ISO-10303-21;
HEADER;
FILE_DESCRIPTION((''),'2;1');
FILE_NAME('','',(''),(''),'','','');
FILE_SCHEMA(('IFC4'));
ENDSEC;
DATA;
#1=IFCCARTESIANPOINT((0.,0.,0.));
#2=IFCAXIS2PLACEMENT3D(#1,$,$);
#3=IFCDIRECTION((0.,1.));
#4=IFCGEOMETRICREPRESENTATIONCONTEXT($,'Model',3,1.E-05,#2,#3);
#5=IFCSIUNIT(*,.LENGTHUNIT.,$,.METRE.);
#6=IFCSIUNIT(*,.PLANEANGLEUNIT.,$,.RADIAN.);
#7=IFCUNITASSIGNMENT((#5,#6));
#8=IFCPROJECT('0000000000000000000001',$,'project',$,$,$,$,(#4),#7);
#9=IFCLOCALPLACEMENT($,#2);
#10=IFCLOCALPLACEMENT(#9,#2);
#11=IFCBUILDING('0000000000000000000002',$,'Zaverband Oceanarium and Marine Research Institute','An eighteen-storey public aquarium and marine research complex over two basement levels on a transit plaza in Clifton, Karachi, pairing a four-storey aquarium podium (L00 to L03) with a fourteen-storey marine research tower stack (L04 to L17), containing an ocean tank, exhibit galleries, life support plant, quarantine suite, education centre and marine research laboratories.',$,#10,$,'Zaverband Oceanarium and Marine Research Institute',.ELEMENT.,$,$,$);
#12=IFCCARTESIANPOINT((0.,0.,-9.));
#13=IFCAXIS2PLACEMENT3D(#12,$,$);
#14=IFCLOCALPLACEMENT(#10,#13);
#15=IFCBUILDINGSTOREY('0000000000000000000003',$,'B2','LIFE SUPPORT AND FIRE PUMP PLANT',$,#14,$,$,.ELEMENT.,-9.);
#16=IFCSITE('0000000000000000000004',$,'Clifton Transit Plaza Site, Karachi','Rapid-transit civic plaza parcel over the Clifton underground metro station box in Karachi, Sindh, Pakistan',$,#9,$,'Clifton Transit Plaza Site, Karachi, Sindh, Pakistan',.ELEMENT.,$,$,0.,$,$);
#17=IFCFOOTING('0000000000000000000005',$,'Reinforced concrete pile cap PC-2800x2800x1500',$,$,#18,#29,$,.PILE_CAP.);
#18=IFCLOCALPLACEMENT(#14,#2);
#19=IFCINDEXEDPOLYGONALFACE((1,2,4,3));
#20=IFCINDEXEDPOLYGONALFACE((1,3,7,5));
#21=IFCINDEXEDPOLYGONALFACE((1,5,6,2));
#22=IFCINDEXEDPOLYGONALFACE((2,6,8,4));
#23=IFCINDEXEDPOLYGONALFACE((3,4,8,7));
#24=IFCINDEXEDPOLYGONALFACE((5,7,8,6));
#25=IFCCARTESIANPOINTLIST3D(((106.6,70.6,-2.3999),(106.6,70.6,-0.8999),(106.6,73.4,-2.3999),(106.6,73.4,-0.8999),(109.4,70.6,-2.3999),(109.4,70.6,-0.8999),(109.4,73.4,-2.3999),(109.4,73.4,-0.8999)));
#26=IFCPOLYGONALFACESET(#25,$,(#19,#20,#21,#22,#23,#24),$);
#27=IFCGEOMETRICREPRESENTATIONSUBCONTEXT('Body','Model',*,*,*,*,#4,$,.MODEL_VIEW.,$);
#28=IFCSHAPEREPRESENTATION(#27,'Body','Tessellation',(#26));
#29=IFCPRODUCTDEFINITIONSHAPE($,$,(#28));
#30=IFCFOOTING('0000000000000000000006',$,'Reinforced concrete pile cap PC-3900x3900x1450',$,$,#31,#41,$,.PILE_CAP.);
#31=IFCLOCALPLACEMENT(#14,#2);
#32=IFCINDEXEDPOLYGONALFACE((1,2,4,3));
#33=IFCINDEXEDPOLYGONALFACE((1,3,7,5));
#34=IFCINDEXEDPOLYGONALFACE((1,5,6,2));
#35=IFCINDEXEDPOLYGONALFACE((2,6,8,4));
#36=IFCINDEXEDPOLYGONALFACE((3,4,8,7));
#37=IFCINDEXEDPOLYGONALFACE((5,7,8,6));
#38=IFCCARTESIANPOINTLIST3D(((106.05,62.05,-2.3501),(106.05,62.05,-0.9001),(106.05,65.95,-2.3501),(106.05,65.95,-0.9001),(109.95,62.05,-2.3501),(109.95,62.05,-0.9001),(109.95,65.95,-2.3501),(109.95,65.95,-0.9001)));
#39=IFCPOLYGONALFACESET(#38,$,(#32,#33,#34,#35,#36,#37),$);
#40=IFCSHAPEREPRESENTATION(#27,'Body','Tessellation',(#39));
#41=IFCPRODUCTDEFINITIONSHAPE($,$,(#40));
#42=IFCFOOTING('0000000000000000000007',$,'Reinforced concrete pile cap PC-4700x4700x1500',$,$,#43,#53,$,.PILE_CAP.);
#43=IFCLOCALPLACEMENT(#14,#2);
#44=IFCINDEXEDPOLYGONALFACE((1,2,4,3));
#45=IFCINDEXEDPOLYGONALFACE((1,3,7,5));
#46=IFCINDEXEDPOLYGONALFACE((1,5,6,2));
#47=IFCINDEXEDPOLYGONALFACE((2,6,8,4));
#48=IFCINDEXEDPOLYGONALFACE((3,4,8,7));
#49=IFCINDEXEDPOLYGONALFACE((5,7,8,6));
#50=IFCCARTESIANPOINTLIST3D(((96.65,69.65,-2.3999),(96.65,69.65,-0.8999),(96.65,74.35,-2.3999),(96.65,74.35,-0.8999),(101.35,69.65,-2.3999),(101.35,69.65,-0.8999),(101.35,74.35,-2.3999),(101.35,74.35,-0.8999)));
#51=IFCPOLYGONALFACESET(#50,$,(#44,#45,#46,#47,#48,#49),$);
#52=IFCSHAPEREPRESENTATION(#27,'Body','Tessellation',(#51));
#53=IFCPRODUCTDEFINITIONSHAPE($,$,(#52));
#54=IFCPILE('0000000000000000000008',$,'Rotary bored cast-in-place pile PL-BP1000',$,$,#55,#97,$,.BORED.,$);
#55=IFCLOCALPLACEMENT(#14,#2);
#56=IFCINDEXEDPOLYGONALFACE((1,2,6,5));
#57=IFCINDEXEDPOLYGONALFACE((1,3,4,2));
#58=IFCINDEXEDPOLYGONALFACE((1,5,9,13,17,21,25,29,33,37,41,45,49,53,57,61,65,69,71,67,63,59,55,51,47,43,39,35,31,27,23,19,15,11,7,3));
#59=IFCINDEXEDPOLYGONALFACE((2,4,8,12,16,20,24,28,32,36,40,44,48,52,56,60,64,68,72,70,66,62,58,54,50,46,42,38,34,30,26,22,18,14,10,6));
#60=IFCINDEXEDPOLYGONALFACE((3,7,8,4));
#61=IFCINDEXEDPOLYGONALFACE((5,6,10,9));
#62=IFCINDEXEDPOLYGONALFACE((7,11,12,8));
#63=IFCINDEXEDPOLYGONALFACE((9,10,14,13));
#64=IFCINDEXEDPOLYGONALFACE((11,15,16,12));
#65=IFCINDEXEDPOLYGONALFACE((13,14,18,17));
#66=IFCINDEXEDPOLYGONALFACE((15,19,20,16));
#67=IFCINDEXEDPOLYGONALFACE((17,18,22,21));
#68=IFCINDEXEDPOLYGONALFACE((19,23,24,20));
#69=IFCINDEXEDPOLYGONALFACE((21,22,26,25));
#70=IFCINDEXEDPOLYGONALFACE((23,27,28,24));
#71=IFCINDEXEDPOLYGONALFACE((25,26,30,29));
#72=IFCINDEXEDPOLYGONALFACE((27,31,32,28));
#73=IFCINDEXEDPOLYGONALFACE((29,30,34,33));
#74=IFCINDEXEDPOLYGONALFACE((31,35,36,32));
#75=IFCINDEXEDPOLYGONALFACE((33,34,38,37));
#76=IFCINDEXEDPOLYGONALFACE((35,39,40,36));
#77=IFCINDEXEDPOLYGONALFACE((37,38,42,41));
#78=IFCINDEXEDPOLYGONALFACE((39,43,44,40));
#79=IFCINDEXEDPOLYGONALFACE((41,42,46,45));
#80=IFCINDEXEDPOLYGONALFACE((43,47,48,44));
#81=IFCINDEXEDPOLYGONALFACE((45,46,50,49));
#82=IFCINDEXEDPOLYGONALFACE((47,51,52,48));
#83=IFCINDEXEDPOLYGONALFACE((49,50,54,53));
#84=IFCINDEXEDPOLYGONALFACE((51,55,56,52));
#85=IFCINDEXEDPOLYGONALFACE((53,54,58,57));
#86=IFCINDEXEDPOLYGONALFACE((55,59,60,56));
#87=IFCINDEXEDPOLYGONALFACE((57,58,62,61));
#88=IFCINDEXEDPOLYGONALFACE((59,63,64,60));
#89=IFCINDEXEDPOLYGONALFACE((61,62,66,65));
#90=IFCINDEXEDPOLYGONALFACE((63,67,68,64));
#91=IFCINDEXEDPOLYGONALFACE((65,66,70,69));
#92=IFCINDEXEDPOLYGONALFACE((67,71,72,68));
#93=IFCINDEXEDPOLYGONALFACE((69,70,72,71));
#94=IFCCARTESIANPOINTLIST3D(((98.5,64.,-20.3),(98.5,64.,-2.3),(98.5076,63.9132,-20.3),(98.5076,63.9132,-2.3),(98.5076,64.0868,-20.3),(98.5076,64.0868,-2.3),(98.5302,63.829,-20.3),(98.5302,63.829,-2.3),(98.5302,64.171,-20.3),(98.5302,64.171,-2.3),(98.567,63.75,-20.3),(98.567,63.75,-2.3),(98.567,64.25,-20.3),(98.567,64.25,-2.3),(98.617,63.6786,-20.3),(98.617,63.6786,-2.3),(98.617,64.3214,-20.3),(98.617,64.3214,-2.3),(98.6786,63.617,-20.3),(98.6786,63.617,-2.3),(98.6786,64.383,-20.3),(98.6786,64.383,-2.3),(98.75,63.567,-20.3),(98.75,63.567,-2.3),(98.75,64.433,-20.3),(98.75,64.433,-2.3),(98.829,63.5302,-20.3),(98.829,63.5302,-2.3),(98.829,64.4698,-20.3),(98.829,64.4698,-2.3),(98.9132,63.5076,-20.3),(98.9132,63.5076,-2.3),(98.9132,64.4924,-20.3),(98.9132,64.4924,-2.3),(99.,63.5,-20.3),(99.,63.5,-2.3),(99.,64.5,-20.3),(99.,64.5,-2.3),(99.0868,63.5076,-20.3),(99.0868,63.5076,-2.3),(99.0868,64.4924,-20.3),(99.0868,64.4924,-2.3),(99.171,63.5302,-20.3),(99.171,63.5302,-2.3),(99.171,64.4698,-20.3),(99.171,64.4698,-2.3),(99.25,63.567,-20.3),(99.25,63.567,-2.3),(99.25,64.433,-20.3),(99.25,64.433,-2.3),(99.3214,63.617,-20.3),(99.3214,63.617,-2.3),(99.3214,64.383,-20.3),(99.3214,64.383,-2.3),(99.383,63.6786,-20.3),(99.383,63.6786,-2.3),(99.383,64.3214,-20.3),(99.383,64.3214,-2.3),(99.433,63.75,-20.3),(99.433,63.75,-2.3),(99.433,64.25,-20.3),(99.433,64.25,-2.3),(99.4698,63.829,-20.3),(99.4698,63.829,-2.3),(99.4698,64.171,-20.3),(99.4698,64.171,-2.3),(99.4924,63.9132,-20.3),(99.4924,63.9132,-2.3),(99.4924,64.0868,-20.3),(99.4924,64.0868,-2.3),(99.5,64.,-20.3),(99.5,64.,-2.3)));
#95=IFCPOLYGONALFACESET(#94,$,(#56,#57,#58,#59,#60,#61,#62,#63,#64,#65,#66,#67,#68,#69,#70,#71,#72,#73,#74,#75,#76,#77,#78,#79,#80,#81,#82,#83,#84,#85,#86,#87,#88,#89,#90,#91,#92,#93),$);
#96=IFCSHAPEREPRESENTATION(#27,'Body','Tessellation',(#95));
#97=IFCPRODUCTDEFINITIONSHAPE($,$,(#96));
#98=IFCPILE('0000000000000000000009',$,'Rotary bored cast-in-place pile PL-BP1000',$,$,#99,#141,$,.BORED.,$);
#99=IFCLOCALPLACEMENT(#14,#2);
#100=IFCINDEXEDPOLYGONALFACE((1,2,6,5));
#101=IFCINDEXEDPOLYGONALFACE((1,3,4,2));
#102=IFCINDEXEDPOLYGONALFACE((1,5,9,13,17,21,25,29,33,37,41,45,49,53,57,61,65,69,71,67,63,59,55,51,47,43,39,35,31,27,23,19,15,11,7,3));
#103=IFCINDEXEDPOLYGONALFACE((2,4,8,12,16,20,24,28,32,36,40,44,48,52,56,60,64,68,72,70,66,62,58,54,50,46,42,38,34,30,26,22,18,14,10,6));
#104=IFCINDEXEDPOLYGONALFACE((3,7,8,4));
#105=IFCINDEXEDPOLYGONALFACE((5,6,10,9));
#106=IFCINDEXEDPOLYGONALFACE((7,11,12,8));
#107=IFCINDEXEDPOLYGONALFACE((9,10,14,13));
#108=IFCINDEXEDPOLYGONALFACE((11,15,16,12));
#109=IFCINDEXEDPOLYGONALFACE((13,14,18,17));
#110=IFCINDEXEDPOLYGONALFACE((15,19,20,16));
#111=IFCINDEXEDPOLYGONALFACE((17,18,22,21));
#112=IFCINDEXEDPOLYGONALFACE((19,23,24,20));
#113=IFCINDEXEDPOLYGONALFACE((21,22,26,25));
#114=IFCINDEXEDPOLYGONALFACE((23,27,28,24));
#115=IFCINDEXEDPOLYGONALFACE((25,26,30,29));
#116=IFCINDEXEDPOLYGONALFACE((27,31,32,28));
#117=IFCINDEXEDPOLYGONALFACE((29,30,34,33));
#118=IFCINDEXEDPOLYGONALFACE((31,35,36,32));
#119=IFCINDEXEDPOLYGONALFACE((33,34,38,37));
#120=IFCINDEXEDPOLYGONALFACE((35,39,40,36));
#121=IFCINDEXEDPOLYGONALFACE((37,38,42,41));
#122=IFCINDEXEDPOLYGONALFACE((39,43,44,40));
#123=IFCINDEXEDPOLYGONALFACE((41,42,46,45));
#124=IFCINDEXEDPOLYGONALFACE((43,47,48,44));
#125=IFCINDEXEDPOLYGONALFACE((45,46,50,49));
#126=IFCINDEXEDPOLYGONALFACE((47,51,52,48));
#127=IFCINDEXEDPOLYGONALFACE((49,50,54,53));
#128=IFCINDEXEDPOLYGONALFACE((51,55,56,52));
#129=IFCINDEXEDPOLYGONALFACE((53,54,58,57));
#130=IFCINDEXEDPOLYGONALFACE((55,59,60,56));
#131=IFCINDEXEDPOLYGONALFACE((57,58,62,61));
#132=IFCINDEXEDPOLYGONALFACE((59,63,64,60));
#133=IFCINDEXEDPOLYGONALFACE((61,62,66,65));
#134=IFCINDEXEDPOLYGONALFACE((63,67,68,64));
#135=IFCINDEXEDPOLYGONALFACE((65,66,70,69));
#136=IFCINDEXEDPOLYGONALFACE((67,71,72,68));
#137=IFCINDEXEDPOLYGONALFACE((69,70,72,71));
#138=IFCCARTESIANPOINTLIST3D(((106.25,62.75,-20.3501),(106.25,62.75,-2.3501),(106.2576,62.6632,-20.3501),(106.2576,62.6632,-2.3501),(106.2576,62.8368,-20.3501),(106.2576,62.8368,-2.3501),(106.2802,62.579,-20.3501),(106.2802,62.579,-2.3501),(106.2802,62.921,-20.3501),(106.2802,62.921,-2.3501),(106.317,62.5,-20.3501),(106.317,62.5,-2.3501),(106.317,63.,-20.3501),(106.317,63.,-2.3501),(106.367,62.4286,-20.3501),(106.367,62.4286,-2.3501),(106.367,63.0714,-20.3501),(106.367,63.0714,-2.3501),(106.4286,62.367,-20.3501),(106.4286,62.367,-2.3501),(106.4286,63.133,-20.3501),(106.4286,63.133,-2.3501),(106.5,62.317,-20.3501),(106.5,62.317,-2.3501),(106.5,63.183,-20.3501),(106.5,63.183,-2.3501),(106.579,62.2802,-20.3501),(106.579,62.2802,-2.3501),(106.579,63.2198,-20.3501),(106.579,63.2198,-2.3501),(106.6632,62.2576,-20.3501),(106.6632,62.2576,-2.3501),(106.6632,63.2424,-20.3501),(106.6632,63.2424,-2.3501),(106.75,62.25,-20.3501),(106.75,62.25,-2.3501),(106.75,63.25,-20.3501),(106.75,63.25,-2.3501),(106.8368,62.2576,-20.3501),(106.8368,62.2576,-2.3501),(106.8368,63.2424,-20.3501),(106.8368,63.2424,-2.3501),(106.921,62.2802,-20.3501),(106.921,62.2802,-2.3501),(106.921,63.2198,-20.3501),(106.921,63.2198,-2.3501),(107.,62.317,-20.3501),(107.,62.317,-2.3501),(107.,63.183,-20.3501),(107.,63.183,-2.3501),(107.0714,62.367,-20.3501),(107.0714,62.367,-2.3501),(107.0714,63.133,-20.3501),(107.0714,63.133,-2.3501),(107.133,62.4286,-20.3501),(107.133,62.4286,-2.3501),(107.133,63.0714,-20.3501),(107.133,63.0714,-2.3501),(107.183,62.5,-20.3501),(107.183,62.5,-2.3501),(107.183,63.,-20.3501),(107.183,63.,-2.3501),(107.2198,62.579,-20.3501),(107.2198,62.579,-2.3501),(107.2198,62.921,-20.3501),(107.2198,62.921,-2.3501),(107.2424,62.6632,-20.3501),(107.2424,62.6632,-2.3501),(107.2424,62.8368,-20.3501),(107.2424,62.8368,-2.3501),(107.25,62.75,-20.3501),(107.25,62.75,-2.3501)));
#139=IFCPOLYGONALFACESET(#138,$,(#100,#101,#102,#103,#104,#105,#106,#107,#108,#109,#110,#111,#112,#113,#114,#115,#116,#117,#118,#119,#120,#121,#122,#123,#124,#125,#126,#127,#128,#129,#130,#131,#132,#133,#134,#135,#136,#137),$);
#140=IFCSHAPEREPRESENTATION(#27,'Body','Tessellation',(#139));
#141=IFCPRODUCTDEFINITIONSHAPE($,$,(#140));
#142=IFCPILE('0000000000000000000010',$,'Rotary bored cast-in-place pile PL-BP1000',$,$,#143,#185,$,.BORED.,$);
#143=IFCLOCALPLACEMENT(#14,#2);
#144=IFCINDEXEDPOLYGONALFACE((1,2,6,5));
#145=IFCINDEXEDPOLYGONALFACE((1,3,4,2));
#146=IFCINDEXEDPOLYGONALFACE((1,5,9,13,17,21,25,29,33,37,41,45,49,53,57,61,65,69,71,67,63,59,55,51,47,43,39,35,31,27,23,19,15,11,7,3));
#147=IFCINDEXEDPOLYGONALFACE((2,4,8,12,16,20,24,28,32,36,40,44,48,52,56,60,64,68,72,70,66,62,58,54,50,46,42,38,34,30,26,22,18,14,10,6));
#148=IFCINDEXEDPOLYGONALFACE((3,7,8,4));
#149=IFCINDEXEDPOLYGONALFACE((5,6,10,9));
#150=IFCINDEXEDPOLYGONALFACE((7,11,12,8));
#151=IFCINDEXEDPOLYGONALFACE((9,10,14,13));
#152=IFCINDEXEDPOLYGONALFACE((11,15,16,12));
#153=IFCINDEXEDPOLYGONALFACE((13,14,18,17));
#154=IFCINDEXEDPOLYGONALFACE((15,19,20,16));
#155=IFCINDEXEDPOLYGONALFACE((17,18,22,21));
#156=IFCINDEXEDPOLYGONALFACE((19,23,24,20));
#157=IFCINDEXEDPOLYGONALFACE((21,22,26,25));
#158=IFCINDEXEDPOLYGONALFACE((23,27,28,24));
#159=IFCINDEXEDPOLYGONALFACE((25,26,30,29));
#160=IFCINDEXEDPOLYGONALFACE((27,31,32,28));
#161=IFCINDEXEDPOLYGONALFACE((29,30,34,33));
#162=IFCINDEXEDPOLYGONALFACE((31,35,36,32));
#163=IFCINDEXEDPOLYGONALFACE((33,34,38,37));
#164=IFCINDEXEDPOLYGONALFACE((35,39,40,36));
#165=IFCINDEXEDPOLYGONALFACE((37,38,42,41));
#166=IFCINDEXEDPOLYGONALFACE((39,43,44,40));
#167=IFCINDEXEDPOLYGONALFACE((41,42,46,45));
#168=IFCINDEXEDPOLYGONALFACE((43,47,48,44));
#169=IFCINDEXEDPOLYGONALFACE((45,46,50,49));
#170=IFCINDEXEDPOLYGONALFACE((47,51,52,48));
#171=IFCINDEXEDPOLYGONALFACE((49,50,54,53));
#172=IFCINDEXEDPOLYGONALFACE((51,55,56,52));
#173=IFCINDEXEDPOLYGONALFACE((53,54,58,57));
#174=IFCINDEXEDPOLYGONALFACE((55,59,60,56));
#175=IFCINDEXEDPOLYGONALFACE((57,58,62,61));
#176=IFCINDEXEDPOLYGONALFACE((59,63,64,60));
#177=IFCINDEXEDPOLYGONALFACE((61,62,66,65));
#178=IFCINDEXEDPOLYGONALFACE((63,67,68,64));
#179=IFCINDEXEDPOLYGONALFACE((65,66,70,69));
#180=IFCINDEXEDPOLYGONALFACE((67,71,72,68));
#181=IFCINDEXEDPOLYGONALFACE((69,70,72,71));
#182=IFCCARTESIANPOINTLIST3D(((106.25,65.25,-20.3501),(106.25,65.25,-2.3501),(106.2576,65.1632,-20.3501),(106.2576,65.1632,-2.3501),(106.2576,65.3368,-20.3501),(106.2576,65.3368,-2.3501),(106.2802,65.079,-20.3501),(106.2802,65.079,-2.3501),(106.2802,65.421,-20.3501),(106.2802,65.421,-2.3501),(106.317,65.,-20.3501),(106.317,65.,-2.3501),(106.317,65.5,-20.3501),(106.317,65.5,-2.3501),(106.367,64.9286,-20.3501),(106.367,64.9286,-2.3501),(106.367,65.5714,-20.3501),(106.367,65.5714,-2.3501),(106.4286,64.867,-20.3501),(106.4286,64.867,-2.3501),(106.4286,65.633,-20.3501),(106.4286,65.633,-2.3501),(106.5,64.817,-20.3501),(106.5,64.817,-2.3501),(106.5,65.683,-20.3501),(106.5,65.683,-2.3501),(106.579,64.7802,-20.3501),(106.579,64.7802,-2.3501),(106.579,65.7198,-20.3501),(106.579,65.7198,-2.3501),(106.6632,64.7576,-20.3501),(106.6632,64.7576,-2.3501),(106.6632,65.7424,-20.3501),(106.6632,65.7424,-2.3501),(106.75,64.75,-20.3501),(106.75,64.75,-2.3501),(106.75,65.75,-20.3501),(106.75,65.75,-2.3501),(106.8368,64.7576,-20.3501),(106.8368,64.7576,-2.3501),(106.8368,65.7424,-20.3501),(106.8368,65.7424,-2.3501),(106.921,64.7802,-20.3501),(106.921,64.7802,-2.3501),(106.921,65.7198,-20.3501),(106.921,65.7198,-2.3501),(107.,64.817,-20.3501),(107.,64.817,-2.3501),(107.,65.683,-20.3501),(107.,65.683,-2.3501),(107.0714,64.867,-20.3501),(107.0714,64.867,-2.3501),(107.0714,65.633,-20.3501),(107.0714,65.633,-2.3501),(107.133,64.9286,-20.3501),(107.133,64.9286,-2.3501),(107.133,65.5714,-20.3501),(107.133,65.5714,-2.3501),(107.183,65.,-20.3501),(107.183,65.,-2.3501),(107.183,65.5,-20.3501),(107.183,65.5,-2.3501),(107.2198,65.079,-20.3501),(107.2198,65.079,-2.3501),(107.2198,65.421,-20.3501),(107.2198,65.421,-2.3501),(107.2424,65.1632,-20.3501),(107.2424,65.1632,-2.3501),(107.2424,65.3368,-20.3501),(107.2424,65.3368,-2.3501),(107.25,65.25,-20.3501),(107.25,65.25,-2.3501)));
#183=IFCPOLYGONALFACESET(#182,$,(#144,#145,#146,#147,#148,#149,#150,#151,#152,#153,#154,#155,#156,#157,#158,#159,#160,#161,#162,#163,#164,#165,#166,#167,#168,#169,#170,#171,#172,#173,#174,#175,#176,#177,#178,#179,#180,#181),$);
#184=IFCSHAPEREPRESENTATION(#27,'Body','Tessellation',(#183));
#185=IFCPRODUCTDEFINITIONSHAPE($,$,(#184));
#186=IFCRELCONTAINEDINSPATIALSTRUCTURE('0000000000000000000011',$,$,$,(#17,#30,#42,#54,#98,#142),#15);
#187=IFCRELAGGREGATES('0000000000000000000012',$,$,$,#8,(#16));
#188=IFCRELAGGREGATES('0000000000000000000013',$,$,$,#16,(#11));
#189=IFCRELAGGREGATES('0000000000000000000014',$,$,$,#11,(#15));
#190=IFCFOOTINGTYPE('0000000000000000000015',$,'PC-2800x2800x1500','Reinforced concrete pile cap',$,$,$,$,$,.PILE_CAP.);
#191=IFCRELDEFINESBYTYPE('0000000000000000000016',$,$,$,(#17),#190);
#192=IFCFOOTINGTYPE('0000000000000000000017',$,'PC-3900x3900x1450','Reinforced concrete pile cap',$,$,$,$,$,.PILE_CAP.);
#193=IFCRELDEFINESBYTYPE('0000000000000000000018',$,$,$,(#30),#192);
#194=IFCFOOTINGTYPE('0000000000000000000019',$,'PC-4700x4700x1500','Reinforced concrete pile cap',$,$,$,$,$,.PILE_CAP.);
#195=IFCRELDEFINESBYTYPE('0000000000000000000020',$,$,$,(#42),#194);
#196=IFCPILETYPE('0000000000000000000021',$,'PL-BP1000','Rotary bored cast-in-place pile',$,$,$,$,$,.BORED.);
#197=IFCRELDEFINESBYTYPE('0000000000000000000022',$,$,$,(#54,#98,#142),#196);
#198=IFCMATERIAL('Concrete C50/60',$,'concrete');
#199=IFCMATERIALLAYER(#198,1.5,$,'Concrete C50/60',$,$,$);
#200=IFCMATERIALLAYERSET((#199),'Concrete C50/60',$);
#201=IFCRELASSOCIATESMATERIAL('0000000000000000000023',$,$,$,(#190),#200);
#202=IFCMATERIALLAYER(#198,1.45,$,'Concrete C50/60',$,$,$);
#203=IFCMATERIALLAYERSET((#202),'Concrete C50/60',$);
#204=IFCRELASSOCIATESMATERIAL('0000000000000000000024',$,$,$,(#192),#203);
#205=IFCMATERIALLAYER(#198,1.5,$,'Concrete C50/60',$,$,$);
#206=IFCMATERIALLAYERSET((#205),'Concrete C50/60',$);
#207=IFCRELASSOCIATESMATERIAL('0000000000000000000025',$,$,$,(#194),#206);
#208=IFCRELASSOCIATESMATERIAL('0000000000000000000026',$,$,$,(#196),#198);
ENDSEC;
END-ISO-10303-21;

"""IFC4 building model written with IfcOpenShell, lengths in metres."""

from ifc_helpers import new_model, si_unit, direction, frame, origin, origin_2d, place, context, subcontext, project, spatial, rectangle, circle, extrude, material, layer, layer_set, material_profile, profile_set, type_object, element, save


model = new_model("IFC4")

# Units and contexts
model_context = context("Model", 3, precision=1e-05, world=origin(), true_north=direction((0.0, 1.0)))
body_context = subcontext(model_context, "Body", "Model", "MODEL_VIEW")
ifc_project = project(units=[si_unit("LENGTHUNIT", "METRE"), si_unit("PLANEANGLEUNIT", "RADIAN")], contexts=[model_context])

# Site, building, storey
site_placement = place(None, origin())
site = spatial("IfcSite", under=ifc_project, at=site_placement, Name="Clifton Transit Plaza Site, Karachi", Description="Rapid-transit civic plaza parcel over the Clifton underground metro station box in Karachi, Sindh, Pakistan", LongName="Clifton Transit Plaza Site, Karachi, Sindh, Pakistan", CompositionType="ELEMENT", RefElevation=0.0)
building_placement = place(site_placement, origin())
building = spatial("IfcBuilding", under=site, at=building_placement, Name="Zaverband Oceanarium and Marine Research Institute", Description="An eighteen-storey public aquarium and marine research complex over two basement levels on a transit plaza in Clifton, Karachi, pairing a four-storey aquarium podium (L00 to L03) with a fourteen-storey marine research tower stack (L04 to L17), containing an ocean tank, exhibit galleries, life support plant, quarantine suite, education centre and marine research laboratories.", LongName="Zaverband Oceanarium and Marine Research Institute", CompositionType="ELEMENT")
storey_placement = place(building_placement, frame((0.0, 0.0, -9.0)))
storey = spatial("IfcBuildingStorey", under=building, at=storey_placement, Name="B2", Description="LIFE SUPPORT AND FIRE PUMP PLANT", CompositionType="ELEMENT", Elevation=-9.0)

# Footings
ifc_material_1 = material(Name="Concrete C50/60", Category="concrete")
ifc_layer_1 = layer(ifc_material_1, 1.5, Name="Concrete C50/60")
ifc_layer_set_1 = layer_set([ifc_layer_1], Name="Concrete C50/60")
footing_type_1 = type_object("IfcFootingType", Name="PC-2800x2800x1500", Description="Reinforced concrete pile cap", PredefinedType="PILE_CAP", material=ifc_layer_set_1)
footing_1_placement = place(storey_placement, frame((108.0, 72.0, -2.3999), z_axis=(0.0, 0.0, 1.0), x_axis=(1.0, 0.0, 0.0)))
element("IfcFooting", 1, at=footing_1_placement, inside=storey, type_object=footing_type_1, Name="Reinforced concrete pile cap PC-2800x2800x1500", PredefinedType="PILE_CAP", context=body_context, shape_type="SweptSolid", body=[
    extrude(rectangle(XDim=2.8, YDim=2.8, at=origin_2d()), origin(), (0.0, 0.0, 1.0), 1.5),
])
ifc_layer_2 = layer(ifc_material_1, 1.45, Name="Concrete C50/60")
ifc_layer_set_2 = layer_set([ifc_layer_2], Name="Concrete C50/60")
footing_type_2 = type_object("IfcFootingType", Name="PC-3900x3900x1450", Description="Reinforced concrete pile cap", PredefinedType="PILE_CAP", material=ifc_layer_set_2)
footing_2_placement = place(storey_placement, frame((108.0, 64.0, -2.3501), z_axis=(0.0, 0.0, 1.0), x_axis=(1.0, 0.0, 0.0)))
element("IfcFooting", 2, at=footing_2_placement, inside=storey, type_object=footing_type_2, Name="Reinforced concrete pile cap PC-3900x3900x1450", PredefinedType="PILE_CAP", context=body_context, shape_type="SweptSolid", body=[
    extrude(rectangle(XDim=3.8999, YDim=3.8999, at=origin_2d()), origin(), (0.0, 0.0, 1.0), 1.45),
])
ifc_layer_3 = layer(ifc_material_1, 1.5, Name="Concrete C50/60")
ifc_layer_set_3 = layer_set([ifc_layer_3], Name="Concrete C50/60")
footing_type_3 = type_object("IfcFootingType", Name="PC-4700x4700x1500", Description="Reinforced concrete pile cap", PredefinedType="PILE_CAP", material=ifc_layer_set_3)
footing_3_placement = place(storey_placement, frame((99.0, 72.0, -2.3999), z_axis=(0.0, 0.0, 1.0), x_axis=(1.0, 0.0, 0.0)))
element("IfcFooting", 3, at=footing_3_placement, inside=storey, type_object=footing_type_3, Name="Reinforced concrete pile cap PC-4700x4700x1500", PredefinedType="PILE_CAP", context=body_context, shape_type="SweptSolid", body=[
    extrude(rectangle(XDim=4.7, YDim=4.7, at=origin_2d()), origin(), (0.0, 0.0, 1.0), 1.5),
])

# Piles
ifc_material_profile_1 = material_profile(ifc_material_1, circle(Radius=0.5, at=origin_2d()), Name="BP1000")
ifc_profile_set_1 = profile_set([ifc_material_profile_1], Name="Concrete C50/60")
pile_type_1 = type_object("IfcPileType", Name="PL-BP1000", Description="Rotary bored cast-in-place pile", PredefinedType="BORED", material=ifc_profile_set_1)
for number, where, z_axis, x_axis, name in (
    (4, (99.0, 64.0, -2.3), (0.0, 0.0, -1.0), (1.0, 0.0, 0.0), "Rotary bored cast-in-place pile PL-BP1000"),
    (5, (106.75, 62.75, -2.3501), (0.0, 0.0, -1.0), (1.0, 0.0, 0.0), "Rotary bored cast-in-place pile PL-BP1000"),
    (6, (106.75, 65.25, -2.3501), (0.0, 0.0, -1.0), (1.0, 0.0, 0.0), "Rotary bored cast-in-place pile PL-BP1000"),
):
    element("IfcPile", number, at=place(storey_placement, frame(where, z_axis=z_axis, x_axis=x_axis)), inside=storey, type_object=pile_type_1, Name=name, PredefinedType="BORED", context=body_context, shape_type="SweptSolid", body=[
        extrude(circle(Radius=0.5, at=origin_2d()), origin(), (0.0, 0.0, 1.0), 18.0),
    ])

save(model, "model.ifc")
